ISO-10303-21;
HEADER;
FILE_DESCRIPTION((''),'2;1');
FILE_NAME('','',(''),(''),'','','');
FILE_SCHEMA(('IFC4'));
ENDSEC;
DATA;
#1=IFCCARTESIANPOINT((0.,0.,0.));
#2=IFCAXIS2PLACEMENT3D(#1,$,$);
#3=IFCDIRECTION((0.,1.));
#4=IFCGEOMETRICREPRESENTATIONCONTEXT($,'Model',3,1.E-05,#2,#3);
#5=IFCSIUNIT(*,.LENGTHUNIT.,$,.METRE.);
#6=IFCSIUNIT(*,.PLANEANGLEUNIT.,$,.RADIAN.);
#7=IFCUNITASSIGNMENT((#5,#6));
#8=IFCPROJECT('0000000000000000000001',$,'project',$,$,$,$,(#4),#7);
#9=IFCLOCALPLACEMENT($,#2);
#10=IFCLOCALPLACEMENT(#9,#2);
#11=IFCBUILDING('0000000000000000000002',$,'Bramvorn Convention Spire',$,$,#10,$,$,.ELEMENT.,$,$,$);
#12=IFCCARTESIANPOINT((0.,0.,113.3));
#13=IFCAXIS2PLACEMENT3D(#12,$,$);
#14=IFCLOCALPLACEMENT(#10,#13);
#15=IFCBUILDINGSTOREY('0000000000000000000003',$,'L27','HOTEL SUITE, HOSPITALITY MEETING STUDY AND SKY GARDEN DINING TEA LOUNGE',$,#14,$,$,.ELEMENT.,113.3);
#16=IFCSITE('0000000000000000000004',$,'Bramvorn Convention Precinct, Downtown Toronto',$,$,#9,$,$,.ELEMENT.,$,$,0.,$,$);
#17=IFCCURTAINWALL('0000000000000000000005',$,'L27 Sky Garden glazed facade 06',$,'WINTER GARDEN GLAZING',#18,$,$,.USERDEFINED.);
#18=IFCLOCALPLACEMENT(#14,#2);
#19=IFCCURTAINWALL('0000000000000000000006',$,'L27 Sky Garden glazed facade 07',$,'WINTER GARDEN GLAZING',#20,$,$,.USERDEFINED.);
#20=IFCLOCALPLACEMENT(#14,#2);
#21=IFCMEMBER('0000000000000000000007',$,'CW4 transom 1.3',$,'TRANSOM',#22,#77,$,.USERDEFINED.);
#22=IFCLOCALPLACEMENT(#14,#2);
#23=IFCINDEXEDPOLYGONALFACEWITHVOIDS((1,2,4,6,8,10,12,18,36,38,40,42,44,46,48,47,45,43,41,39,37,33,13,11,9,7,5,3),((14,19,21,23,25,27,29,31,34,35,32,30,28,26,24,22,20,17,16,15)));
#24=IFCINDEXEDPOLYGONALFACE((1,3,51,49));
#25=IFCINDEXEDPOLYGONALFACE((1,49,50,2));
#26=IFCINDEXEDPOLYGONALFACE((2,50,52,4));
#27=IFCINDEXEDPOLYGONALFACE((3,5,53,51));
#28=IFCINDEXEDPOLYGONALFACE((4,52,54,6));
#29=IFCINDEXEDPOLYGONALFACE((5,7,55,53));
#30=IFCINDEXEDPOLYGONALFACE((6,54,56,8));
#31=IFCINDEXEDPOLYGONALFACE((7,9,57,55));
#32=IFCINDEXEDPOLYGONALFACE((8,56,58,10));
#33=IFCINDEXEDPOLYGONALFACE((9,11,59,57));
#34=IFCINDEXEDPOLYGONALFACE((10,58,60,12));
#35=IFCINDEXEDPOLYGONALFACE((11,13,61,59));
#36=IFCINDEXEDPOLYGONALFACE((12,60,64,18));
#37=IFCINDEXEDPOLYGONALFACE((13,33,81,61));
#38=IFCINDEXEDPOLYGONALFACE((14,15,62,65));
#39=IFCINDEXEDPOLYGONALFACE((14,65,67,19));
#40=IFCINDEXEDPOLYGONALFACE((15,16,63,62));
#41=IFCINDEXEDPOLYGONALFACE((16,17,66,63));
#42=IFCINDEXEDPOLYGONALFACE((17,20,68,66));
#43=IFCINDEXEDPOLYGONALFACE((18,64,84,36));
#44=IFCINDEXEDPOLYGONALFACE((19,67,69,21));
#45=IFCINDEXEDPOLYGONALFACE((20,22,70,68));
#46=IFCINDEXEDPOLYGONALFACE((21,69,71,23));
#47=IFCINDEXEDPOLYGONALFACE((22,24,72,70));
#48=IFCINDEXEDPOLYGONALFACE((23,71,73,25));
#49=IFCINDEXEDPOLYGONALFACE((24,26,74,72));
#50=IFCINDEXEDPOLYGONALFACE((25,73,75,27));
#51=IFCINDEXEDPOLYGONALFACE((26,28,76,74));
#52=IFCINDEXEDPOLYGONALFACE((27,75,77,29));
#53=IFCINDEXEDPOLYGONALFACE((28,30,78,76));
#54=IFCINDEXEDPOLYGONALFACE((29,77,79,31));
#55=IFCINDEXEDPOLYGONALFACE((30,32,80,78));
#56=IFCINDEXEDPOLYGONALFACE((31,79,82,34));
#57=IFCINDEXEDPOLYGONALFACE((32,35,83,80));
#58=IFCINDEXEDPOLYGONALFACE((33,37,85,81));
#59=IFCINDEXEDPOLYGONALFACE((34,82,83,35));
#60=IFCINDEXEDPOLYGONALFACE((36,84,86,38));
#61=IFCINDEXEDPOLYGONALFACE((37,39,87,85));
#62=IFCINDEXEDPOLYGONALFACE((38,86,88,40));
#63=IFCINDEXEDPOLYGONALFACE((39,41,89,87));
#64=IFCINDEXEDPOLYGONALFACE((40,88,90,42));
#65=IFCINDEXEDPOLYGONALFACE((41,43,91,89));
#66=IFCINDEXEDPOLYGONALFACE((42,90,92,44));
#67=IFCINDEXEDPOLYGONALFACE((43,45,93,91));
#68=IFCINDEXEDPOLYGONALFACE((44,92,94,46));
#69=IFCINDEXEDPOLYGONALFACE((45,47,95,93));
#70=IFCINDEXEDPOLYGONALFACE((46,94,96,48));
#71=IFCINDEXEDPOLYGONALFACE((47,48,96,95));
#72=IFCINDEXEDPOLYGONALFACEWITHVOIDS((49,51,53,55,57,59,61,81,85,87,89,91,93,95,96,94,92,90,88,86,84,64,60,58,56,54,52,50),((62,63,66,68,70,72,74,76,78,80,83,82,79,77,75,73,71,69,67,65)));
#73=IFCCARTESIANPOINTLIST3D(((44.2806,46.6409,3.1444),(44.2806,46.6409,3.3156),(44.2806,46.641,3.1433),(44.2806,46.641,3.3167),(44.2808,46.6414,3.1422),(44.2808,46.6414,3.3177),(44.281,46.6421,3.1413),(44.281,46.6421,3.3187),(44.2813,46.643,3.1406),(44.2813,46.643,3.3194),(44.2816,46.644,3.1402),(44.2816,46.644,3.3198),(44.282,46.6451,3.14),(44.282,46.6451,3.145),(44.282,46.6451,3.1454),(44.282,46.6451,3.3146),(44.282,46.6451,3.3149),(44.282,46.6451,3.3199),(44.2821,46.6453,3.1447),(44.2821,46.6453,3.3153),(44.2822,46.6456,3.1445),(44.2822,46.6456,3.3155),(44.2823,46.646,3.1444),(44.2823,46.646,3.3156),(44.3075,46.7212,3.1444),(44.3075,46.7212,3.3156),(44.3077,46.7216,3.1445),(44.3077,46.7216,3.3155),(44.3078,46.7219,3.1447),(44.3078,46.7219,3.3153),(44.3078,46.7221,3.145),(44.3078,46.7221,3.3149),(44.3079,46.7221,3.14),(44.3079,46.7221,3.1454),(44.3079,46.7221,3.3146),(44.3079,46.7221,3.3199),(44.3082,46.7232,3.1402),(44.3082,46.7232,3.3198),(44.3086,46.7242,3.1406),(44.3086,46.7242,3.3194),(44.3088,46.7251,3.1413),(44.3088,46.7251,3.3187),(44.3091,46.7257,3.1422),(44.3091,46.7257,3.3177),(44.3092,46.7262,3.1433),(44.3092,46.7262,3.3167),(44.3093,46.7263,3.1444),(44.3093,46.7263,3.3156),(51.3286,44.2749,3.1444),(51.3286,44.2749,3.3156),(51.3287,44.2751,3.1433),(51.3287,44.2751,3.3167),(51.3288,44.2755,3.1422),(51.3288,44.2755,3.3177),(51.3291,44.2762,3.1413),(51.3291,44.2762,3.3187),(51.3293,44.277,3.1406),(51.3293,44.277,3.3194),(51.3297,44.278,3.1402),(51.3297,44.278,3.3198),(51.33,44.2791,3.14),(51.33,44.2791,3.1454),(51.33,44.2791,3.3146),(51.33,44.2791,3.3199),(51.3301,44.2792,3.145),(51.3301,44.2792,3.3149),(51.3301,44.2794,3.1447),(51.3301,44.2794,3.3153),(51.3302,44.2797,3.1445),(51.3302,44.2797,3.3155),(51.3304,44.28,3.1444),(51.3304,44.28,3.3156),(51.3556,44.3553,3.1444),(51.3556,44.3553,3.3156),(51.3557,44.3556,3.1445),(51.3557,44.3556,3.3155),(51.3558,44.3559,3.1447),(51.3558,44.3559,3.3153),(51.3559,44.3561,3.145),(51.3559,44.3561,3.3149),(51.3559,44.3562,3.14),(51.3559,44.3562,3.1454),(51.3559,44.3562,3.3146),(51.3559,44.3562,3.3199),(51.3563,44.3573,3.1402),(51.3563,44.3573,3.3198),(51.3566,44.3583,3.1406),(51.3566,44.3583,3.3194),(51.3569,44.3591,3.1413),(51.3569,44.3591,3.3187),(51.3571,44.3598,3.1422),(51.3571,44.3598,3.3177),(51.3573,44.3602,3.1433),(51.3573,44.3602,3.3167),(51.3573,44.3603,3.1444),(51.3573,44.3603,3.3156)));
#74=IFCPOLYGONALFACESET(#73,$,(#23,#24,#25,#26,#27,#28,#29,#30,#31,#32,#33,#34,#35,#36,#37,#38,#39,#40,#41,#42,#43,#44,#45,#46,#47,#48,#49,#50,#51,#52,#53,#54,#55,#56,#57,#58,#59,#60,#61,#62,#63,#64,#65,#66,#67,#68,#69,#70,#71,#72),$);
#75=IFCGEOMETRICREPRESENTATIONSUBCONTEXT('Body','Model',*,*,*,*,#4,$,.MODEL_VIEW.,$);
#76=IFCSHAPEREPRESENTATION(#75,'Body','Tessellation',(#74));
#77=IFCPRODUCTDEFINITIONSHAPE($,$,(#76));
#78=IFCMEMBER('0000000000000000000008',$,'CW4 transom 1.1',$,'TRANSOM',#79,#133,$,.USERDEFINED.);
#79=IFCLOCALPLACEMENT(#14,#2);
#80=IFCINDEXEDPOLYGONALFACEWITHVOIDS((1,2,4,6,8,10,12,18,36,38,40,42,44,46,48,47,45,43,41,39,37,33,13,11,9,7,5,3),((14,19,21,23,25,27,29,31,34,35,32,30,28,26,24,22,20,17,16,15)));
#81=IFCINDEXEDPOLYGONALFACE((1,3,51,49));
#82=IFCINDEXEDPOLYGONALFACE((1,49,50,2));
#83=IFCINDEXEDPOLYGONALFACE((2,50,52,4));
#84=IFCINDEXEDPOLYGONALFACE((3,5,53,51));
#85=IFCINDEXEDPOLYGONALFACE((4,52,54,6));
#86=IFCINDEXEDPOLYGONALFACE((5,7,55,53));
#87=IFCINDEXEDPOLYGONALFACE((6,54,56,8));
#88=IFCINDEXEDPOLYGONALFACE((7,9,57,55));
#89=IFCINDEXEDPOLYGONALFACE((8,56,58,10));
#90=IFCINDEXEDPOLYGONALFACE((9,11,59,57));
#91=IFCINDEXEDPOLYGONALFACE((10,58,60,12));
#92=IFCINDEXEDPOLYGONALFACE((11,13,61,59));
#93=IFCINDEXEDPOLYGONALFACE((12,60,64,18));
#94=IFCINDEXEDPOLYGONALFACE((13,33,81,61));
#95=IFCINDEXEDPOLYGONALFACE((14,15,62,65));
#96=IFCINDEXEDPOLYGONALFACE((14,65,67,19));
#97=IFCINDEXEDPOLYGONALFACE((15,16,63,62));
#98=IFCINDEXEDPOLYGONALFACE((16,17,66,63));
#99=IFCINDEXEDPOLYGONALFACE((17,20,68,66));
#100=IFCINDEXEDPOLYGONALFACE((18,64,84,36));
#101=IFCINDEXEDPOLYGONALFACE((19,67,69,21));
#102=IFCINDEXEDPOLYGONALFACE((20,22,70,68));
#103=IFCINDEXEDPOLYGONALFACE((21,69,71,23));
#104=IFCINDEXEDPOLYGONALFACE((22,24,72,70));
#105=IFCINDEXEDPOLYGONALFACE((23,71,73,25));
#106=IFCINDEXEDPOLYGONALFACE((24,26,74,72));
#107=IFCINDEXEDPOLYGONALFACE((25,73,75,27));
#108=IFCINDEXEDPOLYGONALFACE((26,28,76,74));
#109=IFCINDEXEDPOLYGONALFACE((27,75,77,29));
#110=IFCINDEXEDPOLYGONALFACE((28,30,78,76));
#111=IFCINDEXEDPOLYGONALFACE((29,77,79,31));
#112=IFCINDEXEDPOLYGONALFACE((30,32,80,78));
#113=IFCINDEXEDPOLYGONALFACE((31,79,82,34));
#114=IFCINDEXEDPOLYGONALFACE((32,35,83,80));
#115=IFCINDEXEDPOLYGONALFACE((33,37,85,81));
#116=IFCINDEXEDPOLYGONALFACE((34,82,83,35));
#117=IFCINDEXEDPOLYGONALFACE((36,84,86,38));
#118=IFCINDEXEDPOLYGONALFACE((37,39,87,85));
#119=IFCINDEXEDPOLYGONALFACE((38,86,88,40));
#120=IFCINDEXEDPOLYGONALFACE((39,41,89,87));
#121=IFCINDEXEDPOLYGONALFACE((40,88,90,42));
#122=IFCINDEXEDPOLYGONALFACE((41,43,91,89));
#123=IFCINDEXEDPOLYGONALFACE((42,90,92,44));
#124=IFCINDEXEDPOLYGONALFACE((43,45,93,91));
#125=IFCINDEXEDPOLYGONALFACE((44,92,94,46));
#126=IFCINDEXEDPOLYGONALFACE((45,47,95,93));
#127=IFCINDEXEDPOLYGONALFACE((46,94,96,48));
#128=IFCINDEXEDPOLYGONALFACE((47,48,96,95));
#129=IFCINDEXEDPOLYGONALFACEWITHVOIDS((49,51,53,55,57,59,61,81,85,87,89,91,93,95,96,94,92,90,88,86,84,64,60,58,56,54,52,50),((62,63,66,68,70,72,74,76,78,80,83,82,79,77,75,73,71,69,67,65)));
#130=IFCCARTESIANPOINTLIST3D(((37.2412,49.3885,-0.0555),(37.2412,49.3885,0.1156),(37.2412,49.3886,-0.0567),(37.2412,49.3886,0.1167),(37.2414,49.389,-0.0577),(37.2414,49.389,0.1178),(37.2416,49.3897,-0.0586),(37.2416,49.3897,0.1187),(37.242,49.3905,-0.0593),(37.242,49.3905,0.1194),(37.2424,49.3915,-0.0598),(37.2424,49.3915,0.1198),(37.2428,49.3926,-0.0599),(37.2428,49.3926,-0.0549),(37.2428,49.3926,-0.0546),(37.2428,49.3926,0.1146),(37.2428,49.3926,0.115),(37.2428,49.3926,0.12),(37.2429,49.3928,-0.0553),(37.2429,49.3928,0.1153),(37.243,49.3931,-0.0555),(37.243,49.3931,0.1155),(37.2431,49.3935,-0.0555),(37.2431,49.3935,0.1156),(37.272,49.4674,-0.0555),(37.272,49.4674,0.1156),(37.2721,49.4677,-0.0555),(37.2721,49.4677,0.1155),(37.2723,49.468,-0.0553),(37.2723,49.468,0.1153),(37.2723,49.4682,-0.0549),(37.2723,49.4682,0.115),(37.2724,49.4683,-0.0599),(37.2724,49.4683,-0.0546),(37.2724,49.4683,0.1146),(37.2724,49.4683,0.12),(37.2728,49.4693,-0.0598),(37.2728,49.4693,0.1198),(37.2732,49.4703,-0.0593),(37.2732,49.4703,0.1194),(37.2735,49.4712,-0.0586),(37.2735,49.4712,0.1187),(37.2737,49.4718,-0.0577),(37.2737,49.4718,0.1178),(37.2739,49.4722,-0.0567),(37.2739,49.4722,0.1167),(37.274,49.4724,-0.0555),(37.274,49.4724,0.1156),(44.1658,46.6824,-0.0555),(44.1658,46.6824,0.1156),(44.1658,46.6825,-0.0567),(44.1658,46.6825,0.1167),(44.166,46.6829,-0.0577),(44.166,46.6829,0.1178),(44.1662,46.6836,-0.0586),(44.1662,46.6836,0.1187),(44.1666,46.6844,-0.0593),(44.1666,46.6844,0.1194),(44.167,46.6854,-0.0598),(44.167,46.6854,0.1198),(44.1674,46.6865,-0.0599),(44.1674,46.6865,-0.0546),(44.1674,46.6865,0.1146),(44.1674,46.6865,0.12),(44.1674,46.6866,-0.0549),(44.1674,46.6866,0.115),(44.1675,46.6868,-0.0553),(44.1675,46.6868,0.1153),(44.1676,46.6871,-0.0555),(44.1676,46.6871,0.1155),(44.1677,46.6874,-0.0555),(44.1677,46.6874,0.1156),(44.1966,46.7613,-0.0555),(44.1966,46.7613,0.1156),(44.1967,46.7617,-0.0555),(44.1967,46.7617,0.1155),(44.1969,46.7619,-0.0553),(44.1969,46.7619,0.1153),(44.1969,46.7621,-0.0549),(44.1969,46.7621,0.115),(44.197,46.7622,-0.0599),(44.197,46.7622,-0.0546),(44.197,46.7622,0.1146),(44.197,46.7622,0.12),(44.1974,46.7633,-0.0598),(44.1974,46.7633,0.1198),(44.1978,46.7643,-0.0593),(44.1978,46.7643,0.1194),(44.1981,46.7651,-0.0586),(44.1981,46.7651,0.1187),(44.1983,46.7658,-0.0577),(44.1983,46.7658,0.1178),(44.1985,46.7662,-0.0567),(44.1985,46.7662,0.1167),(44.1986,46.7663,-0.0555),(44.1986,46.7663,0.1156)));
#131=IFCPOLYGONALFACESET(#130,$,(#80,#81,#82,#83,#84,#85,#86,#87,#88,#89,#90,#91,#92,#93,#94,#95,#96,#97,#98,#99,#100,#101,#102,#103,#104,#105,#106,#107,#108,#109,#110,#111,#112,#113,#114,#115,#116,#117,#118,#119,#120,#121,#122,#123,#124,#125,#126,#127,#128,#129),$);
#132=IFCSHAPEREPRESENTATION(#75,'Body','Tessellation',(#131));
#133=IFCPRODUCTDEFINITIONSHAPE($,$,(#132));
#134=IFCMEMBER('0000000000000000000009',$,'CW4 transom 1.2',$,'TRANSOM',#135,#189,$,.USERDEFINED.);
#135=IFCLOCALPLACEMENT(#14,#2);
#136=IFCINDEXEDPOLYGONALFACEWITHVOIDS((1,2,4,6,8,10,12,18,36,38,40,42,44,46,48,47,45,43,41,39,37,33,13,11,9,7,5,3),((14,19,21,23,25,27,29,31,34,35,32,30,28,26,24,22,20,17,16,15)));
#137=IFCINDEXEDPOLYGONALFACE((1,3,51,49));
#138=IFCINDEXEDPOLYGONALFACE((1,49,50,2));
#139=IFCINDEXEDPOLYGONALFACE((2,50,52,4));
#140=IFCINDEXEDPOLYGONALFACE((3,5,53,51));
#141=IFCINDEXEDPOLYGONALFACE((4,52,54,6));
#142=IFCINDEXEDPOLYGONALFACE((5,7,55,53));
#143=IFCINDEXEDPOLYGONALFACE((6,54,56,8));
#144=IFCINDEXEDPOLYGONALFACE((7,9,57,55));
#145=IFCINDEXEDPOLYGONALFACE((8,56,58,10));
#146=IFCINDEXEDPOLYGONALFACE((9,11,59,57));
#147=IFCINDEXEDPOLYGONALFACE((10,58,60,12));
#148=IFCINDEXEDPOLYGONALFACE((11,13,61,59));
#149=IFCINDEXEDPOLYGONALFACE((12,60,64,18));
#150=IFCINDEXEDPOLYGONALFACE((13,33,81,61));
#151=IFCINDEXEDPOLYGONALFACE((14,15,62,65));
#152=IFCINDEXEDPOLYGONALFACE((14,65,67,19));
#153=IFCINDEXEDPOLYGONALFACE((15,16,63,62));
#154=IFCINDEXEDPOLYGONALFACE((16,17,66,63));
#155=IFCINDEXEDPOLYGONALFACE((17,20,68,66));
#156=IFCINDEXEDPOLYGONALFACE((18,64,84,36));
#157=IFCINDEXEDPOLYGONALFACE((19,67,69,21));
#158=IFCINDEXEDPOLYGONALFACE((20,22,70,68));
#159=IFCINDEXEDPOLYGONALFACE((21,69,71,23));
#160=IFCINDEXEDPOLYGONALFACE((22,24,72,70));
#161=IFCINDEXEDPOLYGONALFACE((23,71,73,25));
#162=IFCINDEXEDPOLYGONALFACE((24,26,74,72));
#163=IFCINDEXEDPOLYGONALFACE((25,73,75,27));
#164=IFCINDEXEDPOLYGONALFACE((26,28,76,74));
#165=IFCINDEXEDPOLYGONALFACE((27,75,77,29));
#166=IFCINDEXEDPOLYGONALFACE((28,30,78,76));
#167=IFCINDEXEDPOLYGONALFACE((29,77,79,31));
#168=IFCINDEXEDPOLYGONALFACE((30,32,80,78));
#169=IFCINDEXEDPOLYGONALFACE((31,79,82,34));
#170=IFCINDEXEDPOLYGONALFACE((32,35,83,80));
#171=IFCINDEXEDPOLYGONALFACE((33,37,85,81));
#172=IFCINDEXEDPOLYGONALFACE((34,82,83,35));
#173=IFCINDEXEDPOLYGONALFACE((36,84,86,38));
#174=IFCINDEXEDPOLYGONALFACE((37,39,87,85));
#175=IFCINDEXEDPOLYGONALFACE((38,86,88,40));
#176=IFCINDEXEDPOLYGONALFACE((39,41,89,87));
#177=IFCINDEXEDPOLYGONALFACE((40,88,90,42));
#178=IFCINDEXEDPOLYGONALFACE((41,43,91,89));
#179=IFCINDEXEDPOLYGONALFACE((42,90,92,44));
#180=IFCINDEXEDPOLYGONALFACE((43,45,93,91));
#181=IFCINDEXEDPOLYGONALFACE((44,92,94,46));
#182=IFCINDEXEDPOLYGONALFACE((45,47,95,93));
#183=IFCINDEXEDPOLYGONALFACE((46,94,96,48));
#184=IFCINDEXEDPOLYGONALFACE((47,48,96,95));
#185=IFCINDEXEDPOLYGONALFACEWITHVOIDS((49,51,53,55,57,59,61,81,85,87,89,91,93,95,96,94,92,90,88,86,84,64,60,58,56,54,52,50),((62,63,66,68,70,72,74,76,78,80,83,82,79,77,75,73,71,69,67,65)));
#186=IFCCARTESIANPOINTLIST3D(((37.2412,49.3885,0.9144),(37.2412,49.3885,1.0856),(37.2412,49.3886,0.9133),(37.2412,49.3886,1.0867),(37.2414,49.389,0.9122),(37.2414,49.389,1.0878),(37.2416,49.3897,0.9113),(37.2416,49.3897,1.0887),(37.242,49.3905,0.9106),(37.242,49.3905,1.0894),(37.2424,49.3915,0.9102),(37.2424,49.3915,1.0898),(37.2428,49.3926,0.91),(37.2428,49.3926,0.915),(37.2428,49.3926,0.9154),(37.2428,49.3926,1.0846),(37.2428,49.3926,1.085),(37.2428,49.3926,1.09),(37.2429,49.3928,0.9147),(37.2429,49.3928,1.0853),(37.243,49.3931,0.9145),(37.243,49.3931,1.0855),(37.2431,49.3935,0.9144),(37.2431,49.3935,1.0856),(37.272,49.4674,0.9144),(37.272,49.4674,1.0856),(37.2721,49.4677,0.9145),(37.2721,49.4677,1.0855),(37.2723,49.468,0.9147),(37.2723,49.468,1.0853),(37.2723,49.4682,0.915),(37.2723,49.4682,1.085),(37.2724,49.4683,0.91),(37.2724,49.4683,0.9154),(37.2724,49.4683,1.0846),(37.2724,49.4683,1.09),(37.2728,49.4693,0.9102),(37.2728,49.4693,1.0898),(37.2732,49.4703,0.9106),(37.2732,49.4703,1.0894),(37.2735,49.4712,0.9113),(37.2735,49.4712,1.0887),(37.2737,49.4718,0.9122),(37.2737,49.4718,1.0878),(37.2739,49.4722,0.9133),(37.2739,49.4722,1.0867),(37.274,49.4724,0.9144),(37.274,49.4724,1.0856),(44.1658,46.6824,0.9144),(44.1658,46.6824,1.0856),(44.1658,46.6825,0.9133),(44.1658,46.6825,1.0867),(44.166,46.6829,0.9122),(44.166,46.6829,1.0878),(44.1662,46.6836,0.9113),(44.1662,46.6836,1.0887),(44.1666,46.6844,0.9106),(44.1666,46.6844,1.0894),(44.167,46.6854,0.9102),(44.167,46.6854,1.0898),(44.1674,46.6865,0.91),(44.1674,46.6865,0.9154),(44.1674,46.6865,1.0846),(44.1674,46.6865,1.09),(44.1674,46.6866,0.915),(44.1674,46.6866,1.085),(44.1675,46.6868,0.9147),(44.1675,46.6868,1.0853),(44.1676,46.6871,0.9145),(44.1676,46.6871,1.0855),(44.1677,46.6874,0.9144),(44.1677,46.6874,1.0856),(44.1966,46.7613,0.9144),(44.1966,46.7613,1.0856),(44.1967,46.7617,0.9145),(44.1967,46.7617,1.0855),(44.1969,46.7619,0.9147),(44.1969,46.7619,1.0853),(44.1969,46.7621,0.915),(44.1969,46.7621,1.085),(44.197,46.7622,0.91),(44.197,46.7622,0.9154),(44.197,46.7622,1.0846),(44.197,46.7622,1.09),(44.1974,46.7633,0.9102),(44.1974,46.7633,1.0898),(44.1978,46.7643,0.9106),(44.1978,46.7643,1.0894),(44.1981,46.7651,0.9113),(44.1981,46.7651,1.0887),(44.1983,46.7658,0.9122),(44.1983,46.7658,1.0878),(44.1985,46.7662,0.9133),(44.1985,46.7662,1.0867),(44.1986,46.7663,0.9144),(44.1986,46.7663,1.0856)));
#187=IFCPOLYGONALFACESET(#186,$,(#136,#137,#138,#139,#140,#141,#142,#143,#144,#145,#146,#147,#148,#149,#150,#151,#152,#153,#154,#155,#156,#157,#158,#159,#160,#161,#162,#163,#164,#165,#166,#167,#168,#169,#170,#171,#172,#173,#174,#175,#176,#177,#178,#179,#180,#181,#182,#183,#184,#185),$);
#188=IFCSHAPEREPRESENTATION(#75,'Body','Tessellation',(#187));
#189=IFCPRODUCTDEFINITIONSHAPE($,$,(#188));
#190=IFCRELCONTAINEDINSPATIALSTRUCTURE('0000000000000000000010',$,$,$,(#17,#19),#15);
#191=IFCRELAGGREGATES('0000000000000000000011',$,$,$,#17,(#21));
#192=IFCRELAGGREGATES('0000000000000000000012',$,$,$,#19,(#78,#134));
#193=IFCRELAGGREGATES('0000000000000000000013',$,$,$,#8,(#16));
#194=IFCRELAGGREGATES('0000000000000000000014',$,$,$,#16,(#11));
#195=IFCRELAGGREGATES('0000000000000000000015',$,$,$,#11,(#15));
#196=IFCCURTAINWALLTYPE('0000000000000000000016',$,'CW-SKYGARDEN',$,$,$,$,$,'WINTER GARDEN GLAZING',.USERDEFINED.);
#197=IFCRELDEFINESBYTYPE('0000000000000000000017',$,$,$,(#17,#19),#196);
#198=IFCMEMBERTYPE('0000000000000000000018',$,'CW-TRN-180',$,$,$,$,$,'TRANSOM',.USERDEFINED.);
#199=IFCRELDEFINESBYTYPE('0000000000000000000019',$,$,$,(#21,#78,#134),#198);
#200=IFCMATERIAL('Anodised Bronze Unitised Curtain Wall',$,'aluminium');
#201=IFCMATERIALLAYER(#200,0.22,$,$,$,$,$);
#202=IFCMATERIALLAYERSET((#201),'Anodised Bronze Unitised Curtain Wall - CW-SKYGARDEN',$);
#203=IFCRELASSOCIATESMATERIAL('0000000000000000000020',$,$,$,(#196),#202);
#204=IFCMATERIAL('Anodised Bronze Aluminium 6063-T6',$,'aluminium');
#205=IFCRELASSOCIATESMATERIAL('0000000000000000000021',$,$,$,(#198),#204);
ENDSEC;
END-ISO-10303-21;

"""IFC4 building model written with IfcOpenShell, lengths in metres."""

from ifc_helpers import new_model, si_unit, direction, frame, origin, origin_2d, place, context, subcontext, project, spatial, hollow_rectangle, extrude, material, layer, layer_set, material_profile, profile_set, type_object, element, aggregate, save


model = new_model("IFC4")

# Units and contexts
model_context = context("Model", 3, precision=1e-05, world=origin(), true_north=direction((0.0, 1.0)))
body_context = subcontext(model_context, "Body", "Model", "MODEL_VIEW")
ifc_project = project(units=[si_unit("LENGTHUNIT", "METRE"), si_unit("PLANEANGLEUNIT", "RADIAN")], contexts=[model_context])

# Site, building, storey
site_placement = place(None, origin())
site = spatial("IfcSite", under=ifc_project, at=site_placement, Name="Bramvorn Convention Precinct, Downtown Toronto", CompositionType="ELEMENT", RefElevation=0.0)
building_placement = place(site_placement, origin())
building = spatial("IfcBuilding", under=site, at=building_placement, Name="Bramvorn Convention Spire", CompositionType="ELEMENT")
storey_placement = place(building_placement, frame((0.0, 0.0, 113.3)))
storey = spatial("IfcBuildingStorey", under=building, at=storey_placement, Name="L27", Description="HOTEL SUITE, HOSPITALITY MEETING STUDY AND SKY GARDEN DINING TEA LOUNGE", CompositionType="ELEMENT", Elevation=113.3)

# Curtain wall
ifc_material_1 = material(Name="Anodised Bronze Unitised Curtain Wall", Category="aluminium")
ifc_material_2 = material(Name="Anodised Bronze Aluminium 6063-T6", Category="aluminium")
ifc_layer_1 = layer(ifc_material_1, 0.22)
ifc_layer_set_1 = layer_set([ifc_layer_1], Name="Anodised Bronze Unitised Curtain Wall - CW-SKYGARDEN")
curtain_wall_type_1 = type_object("IfcCurtainWallType", Name="CW-SKYGARDEN", ElementType="WINTER GARDEN GLAZING", PredefinedType="USERDEFINED", material=ifc_layer_set_1)
curtain_wall_1_placement = place(storey_placement, origin())
curtain_wall_1 = element("IfcCurtainWall", 1, at=curtain_wall_1_placement, inside=storey, type_object=curtain_wall_type_1, Name="L27 Sky Garden glazed facade 06", ObjectType="WINTER GARDEN GLAZING", PredefinedType="USERDEFINED")

# Curtain wall
curtain_wall_2_placement = place(storey_placement, origin())
curtain_wall_2 = element("IfcCurtainWall", 2, at=curtain_wall_2_placement, inside=storey, type_object=curtain_wall_type_1, Name="L27 Sky Garden glazed facade 07", ObjectType="WINTER GARDEN GLAZING", PredefinedType="USERDEFINED")

# Members
ifc_material_profile_1 = material_profile(ifc_material_2, hollow_rectangle(XDim=0.0901, YDim=0.1799, WallThickness=0.0044, InnerFilletRadius=0.001, OuterFilletRadius=0.0044, at=origin_2d()))
ifc_profile_set_1 = profile_set([ifc_material_profile_1], Name="Anodised Bronze Aluminium 6063-T6 - CWT90X180")
member_type_1 = type_object("IfcMemberType", Name="CW-TRN-180", ElementType="TRANSOM", PredefinedType="USERDEFINED", material=ifc_profile_set_1)
member_1_placement = place(storey_placement, frame((44.2949, 46.6836, 3.23), z_axis=(0.948011, -0.318237, 0.0), x_axis=(0.318237, 0.948011, 0.0)))
member_1 = element("IfcMember", 3, at=member_1_placement, type_object=member_type_1, Name="CW4 transom 1.3", ObjectType="TRANSOM", PredefinedType="USERDEFINED", context=body_context, shape_type="SweptSolid", body=[
    extrude(hollow_rectangle(XDim=0.0901, YDim=0.1799, WallThickness=0.0044, InnerFilletRadius=0.001, OuterFilletRadius=0.0044, at=origin_2d()), origin(), (0.0, 0.0, 1.0), 7.4346),
])
aggregate(curtain_wall_1, [member_1])
member_2_placement = place(storey_placement, frame((37.2576, 49.4304, 0.03), z_axis=(0.931405, -0.363985, 0.0), x_axis=(0.363985, 0.931405, 0.0)))
member_2 = element("IfcMember", 4, at=member_2_placement, type_object=member_type_1, Name="CW4 transom 1.1", ObjectType="TRANSOM", PredefinedType="USERDEFINED", context=body_context, shape_type="SweptSolid", body=[
    extrude(hollow_rectangle(XDim=0.0901, YDim=0.1799, WallThickness=0.0044, InnerFilletRadius=0.001, OuterFilletRadius=0.0044, at=origin_2d()), origin(), (0.0, 0.0, 1.0), 7.4346),
])
member_3_placement = place(storey_placement, frame((37.2576, 49.4304, 1.0), z_axis=(0.931405, -0.363985, 0.0), x_axis=(0.363985, 0.931405, 0.0)))
member_3 = element("IfcMember", 5, at=member_3_placement, type_object=member_type_1, Name="CW4 transom 1.2", ObjectType="TRANSOM", PredefinedType="USERDEFINED", context=body_context, shape_type="SweptSolid", body=[
    extrude(hollow_rectangle(XDim=0.0901, YDim=0.1799, WallThickness=0.0044, InnerFilletRadius=0.001, OuterFilletRadius=0.0044, at=origin_2d()), origin(), (0.0, 0.0, 1.0), 7.4346),
])

aggregate(curtain_wall_2, [member_2, member_3])

save(model, "model.ifc")
